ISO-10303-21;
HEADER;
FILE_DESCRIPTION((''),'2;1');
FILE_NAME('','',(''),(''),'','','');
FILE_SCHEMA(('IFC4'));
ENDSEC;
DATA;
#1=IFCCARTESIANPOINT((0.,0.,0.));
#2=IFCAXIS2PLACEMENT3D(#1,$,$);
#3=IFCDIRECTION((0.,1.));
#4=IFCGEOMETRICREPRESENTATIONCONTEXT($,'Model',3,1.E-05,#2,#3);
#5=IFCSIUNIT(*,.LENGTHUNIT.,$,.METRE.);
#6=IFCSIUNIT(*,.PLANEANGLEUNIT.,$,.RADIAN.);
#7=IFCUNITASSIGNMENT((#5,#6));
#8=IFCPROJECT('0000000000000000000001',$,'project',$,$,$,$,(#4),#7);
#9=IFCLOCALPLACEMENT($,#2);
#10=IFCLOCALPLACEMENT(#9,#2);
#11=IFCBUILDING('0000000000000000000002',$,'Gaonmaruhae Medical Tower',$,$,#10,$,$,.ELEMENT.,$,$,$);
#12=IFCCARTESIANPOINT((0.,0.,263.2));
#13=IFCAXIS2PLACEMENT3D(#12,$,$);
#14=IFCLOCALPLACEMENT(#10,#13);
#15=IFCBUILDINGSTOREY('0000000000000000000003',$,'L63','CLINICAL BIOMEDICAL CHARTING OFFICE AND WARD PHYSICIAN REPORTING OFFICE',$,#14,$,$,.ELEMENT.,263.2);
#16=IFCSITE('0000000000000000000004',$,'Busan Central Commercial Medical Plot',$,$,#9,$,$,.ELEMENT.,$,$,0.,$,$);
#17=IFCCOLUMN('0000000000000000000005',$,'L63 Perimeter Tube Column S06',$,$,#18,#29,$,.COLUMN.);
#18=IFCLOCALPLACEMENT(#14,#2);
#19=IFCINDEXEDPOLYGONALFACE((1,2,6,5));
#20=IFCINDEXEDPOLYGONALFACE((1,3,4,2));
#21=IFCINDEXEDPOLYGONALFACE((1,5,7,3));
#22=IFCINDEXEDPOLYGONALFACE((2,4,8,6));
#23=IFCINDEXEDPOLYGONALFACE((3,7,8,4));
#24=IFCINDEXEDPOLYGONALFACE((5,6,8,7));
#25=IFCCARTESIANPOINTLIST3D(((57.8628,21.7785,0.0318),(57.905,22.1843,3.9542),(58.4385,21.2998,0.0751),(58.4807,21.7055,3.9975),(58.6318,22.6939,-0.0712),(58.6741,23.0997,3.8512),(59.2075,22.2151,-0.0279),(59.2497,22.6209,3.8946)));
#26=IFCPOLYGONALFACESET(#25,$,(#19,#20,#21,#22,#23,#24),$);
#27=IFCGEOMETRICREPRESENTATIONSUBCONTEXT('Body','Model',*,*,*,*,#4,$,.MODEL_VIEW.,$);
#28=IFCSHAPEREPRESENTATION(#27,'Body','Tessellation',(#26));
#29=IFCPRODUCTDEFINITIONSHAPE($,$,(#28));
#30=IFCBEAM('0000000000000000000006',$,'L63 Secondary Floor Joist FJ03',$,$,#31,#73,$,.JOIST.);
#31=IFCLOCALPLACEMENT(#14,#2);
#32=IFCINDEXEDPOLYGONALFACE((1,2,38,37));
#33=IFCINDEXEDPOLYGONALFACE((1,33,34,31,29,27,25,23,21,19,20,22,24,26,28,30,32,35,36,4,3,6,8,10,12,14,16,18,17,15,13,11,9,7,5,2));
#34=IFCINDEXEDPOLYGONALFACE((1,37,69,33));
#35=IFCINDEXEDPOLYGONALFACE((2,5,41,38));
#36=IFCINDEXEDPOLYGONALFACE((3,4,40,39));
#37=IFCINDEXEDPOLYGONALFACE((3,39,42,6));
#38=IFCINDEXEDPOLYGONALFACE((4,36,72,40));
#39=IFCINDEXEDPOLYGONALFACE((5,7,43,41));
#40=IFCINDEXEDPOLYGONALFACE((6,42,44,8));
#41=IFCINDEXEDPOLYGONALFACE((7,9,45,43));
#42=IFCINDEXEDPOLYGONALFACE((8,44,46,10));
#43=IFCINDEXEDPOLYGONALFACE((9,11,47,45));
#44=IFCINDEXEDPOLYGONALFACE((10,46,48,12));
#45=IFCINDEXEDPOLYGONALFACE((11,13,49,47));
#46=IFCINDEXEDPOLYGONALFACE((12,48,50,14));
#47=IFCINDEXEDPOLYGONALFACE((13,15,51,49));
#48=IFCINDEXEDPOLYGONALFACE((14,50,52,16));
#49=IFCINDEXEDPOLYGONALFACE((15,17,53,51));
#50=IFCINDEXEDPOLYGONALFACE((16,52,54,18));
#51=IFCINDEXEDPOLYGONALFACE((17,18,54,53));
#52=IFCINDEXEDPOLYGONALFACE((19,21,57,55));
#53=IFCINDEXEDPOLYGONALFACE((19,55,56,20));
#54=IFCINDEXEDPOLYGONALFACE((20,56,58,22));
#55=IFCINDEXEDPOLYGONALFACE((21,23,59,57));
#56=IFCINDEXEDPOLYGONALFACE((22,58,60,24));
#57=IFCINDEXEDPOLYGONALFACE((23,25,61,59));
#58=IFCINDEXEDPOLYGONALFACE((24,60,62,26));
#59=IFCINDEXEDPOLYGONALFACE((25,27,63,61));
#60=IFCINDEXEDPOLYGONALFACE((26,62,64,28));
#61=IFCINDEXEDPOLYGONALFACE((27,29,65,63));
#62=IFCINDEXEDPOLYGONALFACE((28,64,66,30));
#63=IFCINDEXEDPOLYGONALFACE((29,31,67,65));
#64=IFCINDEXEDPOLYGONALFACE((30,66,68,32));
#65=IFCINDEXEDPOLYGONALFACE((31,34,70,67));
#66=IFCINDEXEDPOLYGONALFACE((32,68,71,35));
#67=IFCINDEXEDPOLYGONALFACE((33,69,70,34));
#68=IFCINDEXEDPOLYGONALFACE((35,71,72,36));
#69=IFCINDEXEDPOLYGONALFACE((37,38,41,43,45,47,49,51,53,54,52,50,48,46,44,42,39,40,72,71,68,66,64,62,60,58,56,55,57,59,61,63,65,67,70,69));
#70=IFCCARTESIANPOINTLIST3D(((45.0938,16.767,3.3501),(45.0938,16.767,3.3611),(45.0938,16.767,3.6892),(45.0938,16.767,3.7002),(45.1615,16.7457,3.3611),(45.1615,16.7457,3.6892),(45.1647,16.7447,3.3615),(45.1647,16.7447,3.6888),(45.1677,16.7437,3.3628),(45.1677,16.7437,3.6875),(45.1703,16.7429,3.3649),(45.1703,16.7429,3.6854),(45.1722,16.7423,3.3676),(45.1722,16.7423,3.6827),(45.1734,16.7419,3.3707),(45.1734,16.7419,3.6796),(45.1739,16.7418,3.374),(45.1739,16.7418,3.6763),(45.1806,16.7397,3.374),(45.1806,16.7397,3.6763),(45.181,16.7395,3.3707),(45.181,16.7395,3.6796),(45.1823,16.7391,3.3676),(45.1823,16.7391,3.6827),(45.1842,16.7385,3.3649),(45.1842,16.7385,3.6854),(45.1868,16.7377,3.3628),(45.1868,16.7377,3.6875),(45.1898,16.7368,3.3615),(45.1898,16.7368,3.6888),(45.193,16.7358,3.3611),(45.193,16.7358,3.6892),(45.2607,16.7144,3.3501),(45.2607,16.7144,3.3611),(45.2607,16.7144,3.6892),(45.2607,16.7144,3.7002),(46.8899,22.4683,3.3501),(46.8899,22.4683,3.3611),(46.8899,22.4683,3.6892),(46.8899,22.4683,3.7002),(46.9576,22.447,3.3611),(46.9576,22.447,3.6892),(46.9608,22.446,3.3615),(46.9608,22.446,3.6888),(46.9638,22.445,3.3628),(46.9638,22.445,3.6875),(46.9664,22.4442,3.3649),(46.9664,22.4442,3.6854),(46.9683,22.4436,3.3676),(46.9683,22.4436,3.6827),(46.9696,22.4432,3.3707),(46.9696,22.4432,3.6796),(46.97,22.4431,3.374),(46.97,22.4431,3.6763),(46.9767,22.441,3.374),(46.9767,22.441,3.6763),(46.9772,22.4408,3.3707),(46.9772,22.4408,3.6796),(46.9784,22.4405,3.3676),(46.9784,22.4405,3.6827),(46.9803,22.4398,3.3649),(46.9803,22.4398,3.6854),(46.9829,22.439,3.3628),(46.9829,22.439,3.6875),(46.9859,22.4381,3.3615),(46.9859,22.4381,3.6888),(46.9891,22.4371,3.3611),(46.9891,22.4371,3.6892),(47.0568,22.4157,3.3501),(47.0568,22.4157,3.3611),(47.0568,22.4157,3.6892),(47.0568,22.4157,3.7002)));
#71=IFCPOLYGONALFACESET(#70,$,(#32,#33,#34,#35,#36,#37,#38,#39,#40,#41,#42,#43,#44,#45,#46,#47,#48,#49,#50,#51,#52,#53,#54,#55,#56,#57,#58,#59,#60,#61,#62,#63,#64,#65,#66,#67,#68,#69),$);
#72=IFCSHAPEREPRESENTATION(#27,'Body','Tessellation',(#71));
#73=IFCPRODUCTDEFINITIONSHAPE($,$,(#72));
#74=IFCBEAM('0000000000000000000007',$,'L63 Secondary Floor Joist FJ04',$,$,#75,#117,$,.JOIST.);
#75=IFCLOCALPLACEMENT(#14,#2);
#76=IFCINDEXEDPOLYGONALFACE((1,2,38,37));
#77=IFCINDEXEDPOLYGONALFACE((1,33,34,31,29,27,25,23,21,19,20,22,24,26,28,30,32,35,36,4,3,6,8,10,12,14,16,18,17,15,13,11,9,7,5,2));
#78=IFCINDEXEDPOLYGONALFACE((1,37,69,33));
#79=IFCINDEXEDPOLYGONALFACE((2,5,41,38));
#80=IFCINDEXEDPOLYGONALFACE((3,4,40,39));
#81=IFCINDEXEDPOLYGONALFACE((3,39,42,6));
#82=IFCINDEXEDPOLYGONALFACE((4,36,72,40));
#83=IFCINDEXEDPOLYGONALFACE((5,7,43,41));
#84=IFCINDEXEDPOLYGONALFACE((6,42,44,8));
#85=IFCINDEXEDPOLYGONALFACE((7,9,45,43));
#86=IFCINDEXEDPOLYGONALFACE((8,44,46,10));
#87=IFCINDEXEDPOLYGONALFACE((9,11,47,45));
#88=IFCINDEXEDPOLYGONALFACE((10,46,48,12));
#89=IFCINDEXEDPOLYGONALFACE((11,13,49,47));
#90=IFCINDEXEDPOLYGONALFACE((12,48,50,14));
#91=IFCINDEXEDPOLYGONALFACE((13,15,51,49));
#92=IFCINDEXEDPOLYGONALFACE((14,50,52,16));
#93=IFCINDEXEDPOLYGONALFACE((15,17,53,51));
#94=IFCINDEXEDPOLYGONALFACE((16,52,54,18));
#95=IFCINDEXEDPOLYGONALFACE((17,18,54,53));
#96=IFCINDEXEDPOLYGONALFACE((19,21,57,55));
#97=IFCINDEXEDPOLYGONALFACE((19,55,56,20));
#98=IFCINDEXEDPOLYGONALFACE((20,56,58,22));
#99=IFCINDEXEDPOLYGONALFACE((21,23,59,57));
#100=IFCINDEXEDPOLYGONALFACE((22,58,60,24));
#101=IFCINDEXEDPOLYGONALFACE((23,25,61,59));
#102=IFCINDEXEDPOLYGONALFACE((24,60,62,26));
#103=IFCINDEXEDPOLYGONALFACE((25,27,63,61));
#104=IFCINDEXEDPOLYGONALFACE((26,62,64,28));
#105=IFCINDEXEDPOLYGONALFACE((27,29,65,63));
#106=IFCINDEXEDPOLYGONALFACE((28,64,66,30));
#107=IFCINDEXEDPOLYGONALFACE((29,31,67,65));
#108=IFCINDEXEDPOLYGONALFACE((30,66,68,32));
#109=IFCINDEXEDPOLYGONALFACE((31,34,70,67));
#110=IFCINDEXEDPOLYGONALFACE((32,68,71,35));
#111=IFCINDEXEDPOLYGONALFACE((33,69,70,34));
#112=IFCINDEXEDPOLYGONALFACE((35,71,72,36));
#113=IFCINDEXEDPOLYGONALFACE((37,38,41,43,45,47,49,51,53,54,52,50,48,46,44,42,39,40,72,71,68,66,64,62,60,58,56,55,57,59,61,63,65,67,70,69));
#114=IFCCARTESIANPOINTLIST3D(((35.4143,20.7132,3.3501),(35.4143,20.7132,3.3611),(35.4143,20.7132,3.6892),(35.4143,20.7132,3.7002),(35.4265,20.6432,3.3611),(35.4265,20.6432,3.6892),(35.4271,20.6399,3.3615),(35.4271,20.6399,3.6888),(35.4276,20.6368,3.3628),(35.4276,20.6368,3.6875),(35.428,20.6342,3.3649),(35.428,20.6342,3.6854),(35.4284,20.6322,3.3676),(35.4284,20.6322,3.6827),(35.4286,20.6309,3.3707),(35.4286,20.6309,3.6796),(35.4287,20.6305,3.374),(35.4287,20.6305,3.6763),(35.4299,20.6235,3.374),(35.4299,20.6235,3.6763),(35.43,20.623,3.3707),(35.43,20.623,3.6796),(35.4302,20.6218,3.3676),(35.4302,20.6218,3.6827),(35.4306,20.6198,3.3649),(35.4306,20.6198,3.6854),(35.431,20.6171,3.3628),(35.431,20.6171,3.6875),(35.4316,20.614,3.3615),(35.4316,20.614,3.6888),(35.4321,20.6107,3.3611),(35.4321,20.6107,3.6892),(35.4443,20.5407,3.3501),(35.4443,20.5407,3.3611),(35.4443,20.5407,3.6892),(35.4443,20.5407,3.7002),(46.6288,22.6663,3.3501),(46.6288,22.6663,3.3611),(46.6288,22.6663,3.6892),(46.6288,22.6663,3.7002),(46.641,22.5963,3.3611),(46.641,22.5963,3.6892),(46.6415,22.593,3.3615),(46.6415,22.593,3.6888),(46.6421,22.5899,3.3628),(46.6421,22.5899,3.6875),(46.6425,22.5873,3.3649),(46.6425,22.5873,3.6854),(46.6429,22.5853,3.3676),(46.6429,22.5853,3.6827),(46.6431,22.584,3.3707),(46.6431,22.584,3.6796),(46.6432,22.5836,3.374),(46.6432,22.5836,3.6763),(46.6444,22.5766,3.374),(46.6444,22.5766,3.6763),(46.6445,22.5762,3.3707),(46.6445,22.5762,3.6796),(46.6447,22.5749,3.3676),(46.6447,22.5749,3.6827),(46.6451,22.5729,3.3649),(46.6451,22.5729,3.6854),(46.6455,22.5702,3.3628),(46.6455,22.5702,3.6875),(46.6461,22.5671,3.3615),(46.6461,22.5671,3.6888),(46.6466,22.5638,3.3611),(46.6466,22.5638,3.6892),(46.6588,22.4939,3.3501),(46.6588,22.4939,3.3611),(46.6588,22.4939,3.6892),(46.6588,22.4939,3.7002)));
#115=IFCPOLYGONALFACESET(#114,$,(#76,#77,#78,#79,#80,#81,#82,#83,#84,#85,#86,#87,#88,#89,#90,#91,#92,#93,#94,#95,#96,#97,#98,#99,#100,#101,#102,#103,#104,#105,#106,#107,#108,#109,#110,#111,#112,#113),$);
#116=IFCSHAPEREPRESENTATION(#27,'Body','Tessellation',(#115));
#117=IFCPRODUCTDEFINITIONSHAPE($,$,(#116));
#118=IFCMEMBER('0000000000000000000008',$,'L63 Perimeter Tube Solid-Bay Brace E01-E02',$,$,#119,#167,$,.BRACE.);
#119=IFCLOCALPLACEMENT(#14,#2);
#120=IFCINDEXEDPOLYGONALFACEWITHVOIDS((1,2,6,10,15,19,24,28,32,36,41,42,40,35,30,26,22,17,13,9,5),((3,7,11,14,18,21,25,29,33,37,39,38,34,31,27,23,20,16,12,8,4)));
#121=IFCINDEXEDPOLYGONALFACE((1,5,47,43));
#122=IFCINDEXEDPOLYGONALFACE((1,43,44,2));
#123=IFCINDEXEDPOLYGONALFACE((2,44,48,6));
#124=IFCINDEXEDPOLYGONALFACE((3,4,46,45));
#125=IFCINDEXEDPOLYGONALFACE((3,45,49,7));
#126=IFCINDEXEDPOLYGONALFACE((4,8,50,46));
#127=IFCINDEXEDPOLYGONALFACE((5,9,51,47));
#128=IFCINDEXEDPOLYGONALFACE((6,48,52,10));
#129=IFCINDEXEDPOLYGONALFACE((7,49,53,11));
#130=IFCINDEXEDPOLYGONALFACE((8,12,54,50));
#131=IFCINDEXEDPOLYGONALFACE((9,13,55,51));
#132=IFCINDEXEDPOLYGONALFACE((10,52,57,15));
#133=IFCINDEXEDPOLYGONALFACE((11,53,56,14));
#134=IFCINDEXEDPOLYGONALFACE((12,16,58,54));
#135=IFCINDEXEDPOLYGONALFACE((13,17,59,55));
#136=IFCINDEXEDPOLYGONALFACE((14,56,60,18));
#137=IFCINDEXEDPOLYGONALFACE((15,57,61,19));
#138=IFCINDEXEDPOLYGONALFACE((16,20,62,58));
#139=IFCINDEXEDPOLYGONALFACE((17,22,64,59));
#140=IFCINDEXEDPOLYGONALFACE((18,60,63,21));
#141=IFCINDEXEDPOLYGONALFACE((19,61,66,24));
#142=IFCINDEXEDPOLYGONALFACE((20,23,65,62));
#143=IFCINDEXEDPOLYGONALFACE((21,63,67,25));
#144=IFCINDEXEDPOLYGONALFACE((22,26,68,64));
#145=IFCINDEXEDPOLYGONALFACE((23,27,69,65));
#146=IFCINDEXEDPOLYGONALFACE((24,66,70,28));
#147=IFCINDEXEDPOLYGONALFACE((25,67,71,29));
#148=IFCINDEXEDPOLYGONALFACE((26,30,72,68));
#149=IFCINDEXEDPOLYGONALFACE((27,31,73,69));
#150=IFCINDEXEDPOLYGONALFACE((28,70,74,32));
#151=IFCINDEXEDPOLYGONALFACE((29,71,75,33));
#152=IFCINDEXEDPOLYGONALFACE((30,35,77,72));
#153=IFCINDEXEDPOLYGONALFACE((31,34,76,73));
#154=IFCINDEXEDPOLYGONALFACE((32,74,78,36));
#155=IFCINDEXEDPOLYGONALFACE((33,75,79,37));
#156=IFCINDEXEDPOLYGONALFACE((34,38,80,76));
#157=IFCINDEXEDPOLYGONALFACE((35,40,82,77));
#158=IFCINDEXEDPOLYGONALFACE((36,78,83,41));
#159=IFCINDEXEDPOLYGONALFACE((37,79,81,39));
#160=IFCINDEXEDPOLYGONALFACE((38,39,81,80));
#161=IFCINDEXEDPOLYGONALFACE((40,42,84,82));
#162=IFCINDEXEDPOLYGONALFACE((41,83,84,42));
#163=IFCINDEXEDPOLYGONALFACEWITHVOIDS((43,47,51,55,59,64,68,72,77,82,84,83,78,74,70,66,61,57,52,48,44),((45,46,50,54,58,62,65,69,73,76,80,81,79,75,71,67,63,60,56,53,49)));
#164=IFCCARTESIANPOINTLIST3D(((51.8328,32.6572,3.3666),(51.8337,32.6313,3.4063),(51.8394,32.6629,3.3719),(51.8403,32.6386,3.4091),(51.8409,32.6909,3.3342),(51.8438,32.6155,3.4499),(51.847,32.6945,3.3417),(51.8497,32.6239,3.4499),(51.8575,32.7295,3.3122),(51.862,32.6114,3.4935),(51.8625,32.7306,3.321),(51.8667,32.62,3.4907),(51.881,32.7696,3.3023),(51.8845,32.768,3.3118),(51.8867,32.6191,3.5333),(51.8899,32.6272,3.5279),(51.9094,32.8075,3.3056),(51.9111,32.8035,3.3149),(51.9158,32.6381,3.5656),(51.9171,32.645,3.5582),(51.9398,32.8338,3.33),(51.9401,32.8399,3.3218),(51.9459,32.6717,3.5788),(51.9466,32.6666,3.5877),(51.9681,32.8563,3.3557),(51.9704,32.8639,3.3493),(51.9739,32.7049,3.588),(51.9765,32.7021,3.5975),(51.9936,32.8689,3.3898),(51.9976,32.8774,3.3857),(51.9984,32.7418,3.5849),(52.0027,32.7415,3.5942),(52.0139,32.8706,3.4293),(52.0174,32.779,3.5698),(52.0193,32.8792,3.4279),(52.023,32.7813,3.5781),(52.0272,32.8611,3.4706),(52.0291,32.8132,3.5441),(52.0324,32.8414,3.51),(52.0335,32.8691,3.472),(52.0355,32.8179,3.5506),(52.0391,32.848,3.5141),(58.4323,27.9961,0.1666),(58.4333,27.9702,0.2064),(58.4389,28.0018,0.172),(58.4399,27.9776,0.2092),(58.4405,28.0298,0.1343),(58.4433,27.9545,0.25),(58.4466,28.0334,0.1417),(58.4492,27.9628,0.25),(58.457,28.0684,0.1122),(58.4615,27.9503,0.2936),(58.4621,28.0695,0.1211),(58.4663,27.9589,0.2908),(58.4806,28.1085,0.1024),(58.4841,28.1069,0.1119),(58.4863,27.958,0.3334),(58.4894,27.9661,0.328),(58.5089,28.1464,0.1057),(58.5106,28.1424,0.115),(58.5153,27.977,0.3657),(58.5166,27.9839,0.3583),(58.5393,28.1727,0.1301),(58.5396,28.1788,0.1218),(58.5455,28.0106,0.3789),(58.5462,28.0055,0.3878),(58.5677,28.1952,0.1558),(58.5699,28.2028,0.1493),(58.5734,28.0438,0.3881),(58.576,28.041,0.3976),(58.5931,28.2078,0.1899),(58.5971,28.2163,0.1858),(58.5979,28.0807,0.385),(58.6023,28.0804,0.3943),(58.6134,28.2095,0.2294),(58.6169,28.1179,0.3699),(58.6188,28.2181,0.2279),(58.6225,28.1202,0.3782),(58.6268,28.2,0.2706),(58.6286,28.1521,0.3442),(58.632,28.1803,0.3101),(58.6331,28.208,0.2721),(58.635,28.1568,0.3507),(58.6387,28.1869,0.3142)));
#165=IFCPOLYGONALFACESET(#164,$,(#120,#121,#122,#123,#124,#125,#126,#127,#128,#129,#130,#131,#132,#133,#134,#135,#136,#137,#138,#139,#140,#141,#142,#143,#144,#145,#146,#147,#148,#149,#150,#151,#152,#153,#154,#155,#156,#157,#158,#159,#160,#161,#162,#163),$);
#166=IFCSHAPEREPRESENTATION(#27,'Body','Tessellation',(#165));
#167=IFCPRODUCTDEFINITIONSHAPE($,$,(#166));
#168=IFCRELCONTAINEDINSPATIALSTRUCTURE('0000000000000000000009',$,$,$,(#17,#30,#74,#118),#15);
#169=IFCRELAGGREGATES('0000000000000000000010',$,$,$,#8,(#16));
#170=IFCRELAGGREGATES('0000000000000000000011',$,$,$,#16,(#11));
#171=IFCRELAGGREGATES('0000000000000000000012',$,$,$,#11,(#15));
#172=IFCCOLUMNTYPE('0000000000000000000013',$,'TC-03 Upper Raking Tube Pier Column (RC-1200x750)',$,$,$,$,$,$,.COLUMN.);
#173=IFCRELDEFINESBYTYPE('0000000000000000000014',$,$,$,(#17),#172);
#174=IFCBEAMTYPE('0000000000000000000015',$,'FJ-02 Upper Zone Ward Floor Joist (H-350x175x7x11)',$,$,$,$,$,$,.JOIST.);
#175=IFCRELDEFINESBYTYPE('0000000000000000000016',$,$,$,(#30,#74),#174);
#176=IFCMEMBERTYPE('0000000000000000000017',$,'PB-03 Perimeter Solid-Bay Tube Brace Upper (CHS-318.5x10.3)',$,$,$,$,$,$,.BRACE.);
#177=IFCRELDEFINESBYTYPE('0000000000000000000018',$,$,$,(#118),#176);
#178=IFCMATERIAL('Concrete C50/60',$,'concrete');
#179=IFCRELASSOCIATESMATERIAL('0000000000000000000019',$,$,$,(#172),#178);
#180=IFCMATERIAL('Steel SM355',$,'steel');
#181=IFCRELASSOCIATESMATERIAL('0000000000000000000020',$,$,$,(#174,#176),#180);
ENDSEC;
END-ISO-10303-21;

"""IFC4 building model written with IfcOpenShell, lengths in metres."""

from ifc_helpers import new_model, si_unit, direction, frame, origin, origin_2d, place, context, subcontext, project, spatial, rectangle, hollow_circle, i_section, extrude, material, material_profile, profile_set, type_object, element, save


model = new_model("IFC4")

# Units and contexts
model_context = context("Model", 3, precision=1e-05, world=origin(), true_north=direction((0.0, 1.0)))
body_context = subcontext(model_context, "Body", "Model", "MODEL_VIEW")
ifc_project = project(units=[si_unit("LENGTHUNIT", "METRE"), si_unit("PLANEANGLEUNIT", "RADIAN")], contexts=[model_context])

# Site, building, storey
site_placement = place(None, origin())
site = spatial("IfcSite", under=ifc_project, at=site_placement, Name="Busan Central Commercial Medical Plot", CompositionType="ELEMENT", RefElevation=0.0)
building_placement = place(site_placement, origin())
building = spatial("IfcBuilding", under=site, at=building_placement, Name="Gaonmaruhae Medical Tower", CompositionType="ELEMENT")
storey_placement = place(building_placement, frame((0.0, 0.0, 263.2)))
storey = spatial("IfcBuildingStorey", under=building, at=storey_placement, Name="L63", Description="CLINICAL BIOMEDICAL CHARTING OFFICE AND WARD PHYSICIAN REPORTING OFFICE", CompositionType="ELEMENT", Elevation=263.2)

# Column
ifc_material_1 = material(Name="Concrete C50/60", Category="concrete")
ifc_material_profile_1 = material_profile(ifc_material_1, rectangle(XDim=1.2, YDim=0.75, at=origin_2d()), Name="RC-1200x750")
ifc_profile_set_1 = profile_set([ifc_material_profile_1], Name="Concrete C50/60")
column_type = type_object("IfcColumnType", Name="TC-03 Upper Raking Tube Pier Column (RC-1200x750)", PredefinedType="COLUMN", material=ifc_profile_set_1)
column_placement = place(storey_placement, frame((58.5352, 21.9968, 0.002), z_axis=(0.01071, 0.102893, 0.994635), x_axis=(-0.64089, -0.762821, 0.085814)))
element("IfcColumn", 1, at=column_placement, inside=storey, type_object=column_type, Name="L63 Perimeter Tube Column S06", PredefinedType="COLUMN", context=body_context, shape_type="SweptSolid", body=[
    extrude(rectangle(XDim=1.2, YDim=0.75, at=origin_2d()), origin(), (0.0, 0.0, 1.0), 3.9436),
])

# Beams
ifc_material_2 = material(Name="Steel SM355", Category="steel")
ifc_material_profile_2 = material_profile(ifc_material_2, i_section(OverallWidth=0.175, OverallDepth=0.3501, WebThickness=0.0071, FlangeThickness=0.011, FilletRadius=0.0129, at=origin_2d()), Name="H-350x175x7x11")
ifc_profile_set_2 = profile_set([ifc_material_profile_2], Name="Steel SM355")
beam_type_1 = type_object("IfcBeamType", Name="FJ-02 Upper Zone Ward Floor Joist (H-350x175x7x11)", PredefinedType="JOIST", material=ifc_profile_set_2)
beam_1_placement = place(storey_placement, frame((45.1772, 16.7407, 3.5251), z_axis=(0.300476, 0.953789, 0.0), x_axis=(-0.953789, 0.300476, 0.0)))
element("IfcBeam", 2, at=beam_1_placement, inside=storey, type_object=beam_type_1, Name="L63 Secondary Floor Joist FJ03", PredefinedType="JOIST", context=body_context, shape_type="SweptSolid", body=[
    extrude(i_section(OverallWidth=0.175, OverallDepth=0.3501, WebThickness=0.0071, FlangeThickness=0.011, FilletRadius=0.0129, at=origin_2d()), origin(), (0.0, 0.0, 1.0), 5.9775),
])
beam_2_placement = place(storey_placement, frame((46.6438, 22.5801, 3.5251), z_axis=(-0.985171, -0.171576, 0.0), x_axis=(0.171576, -0.985171, 0.0)))
element("IfcBeam", 3, at=beam_2_placement, inside=storey, type_object=beam_type_1, Name="L63 Secondary Floor Joist FJ04", PredefinedType="JOIST", context=body_context, shape_type="SweptSolid", body=[
    extrude(i_section(OverallWidth=0.175, OverallDepth=0.3501, WebThickness=0.0071, FlangeThickness=0.011, FilletRadius=0.0129, at=origin_2d()), origin(), (0.0, 0.0, 1.0), 11.3833),
])

# Member
ifc_material_profile_3 = material_profile(ifc_material_2, hollow_circle(Radius=0.1592, WallThickness=0.0103, at=origin_2d()), Name="CHS-318.5x10.3")
ifc_profile_set_3 = profile_set([ifc_material_profile_3], Name="Steel SM355")
member_type = type_object("IfcMemberType", Name="PB-03 Perimeter Solid-Bay Tube Brace Upper (CHS-318.5x10.3)", PredefinedType="BRACE", material=ifc_profile_set_3)
member_placement = place(storey_placement, frame((58.5352, 28.0845, 0.25), z_axis=(-0.759426, 0.536363, 0.368223), x_axis=(-0.576897, -0.816817, 0.0)))
element("IfcMember", 4, at=member_placement, inside=storey, type_object=member_type, Name="L63 Perimeter Tube Solid-Bay Brace E01-E02", PredefinedType="BRACE", context=body_context, shape_type="SweptSolid", body=[
    extrude(hollow_circle(Radius=0.1592, WallThickness=0.0103, at=origin_2d()), origin(), (0.0, 0.0, 1.0), 8.6902),
])

save(model, "model.ifc")
